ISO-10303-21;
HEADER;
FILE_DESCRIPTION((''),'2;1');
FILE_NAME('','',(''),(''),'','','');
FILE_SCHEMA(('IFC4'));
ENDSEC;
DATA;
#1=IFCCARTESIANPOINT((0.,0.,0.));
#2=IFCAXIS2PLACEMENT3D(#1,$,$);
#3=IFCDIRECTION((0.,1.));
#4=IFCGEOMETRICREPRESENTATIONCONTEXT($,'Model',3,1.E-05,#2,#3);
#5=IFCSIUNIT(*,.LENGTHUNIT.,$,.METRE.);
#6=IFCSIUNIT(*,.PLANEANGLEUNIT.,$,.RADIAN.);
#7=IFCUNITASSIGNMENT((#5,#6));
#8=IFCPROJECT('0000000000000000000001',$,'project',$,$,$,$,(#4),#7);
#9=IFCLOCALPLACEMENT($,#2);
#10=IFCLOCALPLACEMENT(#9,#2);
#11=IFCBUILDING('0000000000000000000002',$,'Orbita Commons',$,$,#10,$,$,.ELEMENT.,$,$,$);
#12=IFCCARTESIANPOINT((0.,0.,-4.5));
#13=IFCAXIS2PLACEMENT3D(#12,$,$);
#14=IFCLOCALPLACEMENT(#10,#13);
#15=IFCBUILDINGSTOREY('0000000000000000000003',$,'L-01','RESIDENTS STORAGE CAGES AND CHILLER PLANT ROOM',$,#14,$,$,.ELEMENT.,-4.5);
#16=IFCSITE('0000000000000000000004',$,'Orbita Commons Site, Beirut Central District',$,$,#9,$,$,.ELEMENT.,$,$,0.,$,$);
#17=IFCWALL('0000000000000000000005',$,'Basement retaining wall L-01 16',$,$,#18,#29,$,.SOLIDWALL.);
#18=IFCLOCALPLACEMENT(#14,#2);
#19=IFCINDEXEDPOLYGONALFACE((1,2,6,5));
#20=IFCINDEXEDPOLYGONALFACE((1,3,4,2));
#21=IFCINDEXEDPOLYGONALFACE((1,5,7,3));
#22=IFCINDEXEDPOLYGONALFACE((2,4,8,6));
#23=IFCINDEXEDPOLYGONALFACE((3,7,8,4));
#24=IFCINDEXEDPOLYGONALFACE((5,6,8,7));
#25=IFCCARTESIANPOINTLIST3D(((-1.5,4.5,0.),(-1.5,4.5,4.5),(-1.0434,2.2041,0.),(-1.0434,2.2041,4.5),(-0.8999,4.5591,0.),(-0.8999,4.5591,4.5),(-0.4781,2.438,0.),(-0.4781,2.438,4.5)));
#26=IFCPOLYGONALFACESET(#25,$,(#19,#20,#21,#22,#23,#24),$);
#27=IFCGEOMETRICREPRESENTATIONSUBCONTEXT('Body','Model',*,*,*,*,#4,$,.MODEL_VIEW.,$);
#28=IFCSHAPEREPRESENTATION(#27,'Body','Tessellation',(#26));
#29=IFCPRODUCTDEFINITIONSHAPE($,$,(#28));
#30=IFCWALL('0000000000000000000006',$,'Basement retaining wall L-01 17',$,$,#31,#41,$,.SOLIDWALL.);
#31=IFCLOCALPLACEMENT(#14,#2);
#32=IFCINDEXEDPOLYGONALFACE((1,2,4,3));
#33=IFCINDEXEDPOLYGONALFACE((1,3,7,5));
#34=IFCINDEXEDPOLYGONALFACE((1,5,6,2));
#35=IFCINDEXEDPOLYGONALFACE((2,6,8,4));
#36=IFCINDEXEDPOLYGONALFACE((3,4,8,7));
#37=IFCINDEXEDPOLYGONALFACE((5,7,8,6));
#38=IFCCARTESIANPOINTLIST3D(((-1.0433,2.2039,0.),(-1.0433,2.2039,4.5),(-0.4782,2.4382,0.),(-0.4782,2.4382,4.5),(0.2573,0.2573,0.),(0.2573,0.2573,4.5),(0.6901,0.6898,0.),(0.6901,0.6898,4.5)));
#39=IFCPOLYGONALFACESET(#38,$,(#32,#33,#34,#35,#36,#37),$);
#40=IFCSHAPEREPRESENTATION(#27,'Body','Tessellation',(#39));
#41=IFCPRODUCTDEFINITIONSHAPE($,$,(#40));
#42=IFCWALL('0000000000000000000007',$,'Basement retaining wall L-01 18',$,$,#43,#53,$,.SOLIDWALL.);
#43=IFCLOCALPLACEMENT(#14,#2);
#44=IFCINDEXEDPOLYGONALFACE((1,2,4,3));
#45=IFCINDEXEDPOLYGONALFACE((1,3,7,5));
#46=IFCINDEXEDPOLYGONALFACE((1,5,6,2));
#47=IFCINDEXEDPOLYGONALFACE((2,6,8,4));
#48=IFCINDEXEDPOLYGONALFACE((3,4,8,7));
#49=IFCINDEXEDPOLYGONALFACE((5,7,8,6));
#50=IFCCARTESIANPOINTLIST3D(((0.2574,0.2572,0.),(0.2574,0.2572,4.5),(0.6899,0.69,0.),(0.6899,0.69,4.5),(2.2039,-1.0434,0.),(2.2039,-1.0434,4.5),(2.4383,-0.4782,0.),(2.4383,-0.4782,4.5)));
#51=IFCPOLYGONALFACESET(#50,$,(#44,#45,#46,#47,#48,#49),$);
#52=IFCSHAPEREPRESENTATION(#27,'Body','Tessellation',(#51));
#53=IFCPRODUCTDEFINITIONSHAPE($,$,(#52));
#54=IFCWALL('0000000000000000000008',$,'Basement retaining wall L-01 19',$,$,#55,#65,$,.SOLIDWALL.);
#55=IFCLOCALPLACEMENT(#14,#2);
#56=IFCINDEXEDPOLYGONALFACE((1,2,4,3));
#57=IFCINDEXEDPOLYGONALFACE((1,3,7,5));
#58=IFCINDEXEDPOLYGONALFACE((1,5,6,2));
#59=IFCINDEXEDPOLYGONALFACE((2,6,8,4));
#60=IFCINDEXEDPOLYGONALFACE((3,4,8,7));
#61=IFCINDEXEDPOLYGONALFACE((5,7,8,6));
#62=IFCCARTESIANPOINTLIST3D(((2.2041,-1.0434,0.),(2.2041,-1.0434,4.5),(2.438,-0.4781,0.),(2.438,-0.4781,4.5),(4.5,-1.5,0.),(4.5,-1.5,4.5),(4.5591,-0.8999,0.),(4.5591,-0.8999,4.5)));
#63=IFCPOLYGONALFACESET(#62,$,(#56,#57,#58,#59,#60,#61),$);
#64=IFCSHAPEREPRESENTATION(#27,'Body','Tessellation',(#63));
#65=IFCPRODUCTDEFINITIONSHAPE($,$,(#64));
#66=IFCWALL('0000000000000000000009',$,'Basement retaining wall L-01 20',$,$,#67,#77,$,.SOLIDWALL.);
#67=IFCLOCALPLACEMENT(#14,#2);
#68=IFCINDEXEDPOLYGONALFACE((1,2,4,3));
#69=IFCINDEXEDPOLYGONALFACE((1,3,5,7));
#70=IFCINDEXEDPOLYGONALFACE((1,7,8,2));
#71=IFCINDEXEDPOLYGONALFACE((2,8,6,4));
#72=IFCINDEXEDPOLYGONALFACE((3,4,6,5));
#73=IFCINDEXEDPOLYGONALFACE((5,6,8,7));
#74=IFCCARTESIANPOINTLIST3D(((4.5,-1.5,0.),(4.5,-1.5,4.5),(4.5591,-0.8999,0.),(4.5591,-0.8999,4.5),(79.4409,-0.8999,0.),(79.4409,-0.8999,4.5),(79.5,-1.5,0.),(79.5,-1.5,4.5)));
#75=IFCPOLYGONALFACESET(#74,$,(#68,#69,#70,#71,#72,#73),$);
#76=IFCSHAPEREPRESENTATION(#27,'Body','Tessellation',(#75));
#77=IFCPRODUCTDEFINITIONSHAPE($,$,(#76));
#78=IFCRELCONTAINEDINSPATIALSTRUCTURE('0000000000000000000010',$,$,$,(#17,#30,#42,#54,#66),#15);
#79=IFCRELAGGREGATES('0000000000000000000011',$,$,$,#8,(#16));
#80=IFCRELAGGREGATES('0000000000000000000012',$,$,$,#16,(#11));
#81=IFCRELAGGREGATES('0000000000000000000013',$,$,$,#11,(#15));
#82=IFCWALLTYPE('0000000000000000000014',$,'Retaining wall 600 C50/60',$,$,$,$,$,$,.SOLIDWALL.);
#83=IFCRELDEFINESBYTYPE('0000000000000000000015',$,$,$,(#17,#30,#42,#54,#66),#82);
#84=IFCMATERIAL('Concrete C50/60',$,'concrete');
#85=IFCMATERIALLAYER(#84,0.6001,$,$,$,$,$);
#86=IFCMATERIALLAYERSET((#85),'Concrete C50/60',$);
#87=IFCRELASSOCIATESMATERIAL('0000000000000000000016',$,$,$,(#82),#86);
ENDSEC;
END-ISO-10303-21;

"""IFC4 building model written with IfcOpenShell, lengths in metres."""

from ifc_helpers import new_model, si_unit, direction, frame, origin, place, context, subcontext, project, spatial, polyline, outline, extrude, material, layer, layer_set, type_object, element, save


model = new_model("IFC4")

# Units and contexts
model_context = context("Model", 3, precision=1e-05, world=origin(), true_north=direction((0.0, 1.0)))
body_context = subcontext(model_context, "Body", "Model", "MODEL_VIEW")
ifc_project = project(units=[si_unit("LENGTHUNIT", "METRE"), si_unit("PLANEANGLEUNIT", "RADIAN")], contexts=[model_context])

# Site, building, storey
site_placement = place(None, origin())
site = spatial("IfcSite", under=ifc_project, at=site_placement, Name="Orbita Commons Site, Beirut Central District", CompositionType="ELEMENT", RefElevation=0.0)
building_placement = place(site_placement, origin())
building = spatial("IfcBuilding", under=site, at=building_placement, Name="Orbita Commons", CompositionType="ELEMENT")
storey_placement = place(building_placement, frame((0.0, 0.0, -4.5)))
storey = spatial("IfcBuildingStorey", under=building, at=storey_placement, Name="L-01", Description="RESIDENTS STORAGE CAGES AND CHILLER PLANT ROOM", CompositionType="ELEMENT", Elevation=-4.5)

# Walls
ifc_material_1 = material(Name="Concrete C50/60", Category="concrete")
ifc_layer_1 = layer(ifc_material_1, 0.6001)
ifc_layer_set_1 = layer_set([ifc_layer_1], Name="Concrete C50/60")
wall_type_1 = type_object("IfcWallType", Name="Retaining wall 600 C50/60", PredefinedType="SOLIDWALL", material=ifc_layer_set_1)
wall_1_placement = place(storey_placement, frame((-1.2, 4.5295, 0.0), z_axis=(0.0, 0.0, 1.0), x_axis=(0.195053, -0.980793, 0.0)))
element("IfcWall", 1, at=wall_1_placement, inside=storey, type_object=wall_type_1, Name="Basement retaining wall L-01 16", PredefinedType="SOLIDWALL", context=body_context, shape_type="SweptSolid", body=[
    extrude(outline(polyline([(-0.0295, -0.3), (2.3113, -0.3), (2.1921, 0.3), (0.0295, 0.3), (-0.0295, -0.3)])), origin(), (0.0, 0.0, 1.0), 4.5),
])
for number, where, z_axis, x_axis, name in (
    (2, (-0.7607, 2.321, 0.0), (0.0, 0.0, 1.0), (0.555562, -0.831475, 0.0), "Basement retaining wall L-01 17"),
    (3, (0.4736, 0.4736, 0.0), (0.0, 0.0, 1.0), (0.831475, -0.555562, 0.0), "Basement retaining wall L-01 18"),
):
    element("IfcWall", number, at=place(storey_placement, frame(where, z_axis=z_axis, x_axis=x_axis)), inside=storey, type_object=wall_type_1, Name=name, PredefinedType="SOLIDWALL", context=body_context, shape_type="SweptSolid", body=[
        extrude(outline(polyline([(-0.0596, -0.3), (2.2815, -0.3), (2.1624, 0.3), (0.0596, 0.3), (-0.0596, -0.3)])), origin(), (0.0, 0.0, 1.0), 4.5),
    ])
wall_2_placement = place(storey_placement, frame((2.321, -0.7607, 0.0), z_axis=(0.0, 0.0, 1.0), x_axis=(0.980793, -0.195053, 0.0)))
element("IfcWall", 4, at=wall_2_placement, inside=storey, type_object=wall_type_1, Name="Basement retaining wall L-01 19", PredefinedType="SOLIDWALL", context=body_context, shape_type="SweptSolid", body=[
    extrude(outline(polyline([(-0.0596, -0.3), (2.2812, -0.3), (2.2222, 0.3), (0.0596, 0.3), (-0.0596, -0.3)])), origin(), (0.0, 0.0, 1.0), 4.5),
])
wall_3_placement = place(storey_placement, frame((4.5295, -1.2, 0.0), z_axis=(0.0, 0.0, 1.0), x_axis=(1.0, 0.0, 0.0)))
element("IfcWall", 5, at=wall_3_placement, inside=storey, type_object=wall_type_1, Name="Basement retaining wall L-01 20", PredefinedType="SOLIDWALL", context=body_context, shape_type="SweptSolid", body=[
    extrude(outline(polyline([(-0.0295, -0.3), (74.9705, -0.3), (74.9114, 0.3), (0.0295, 0.3), (-0.0295, -0.3)])), origin(), (0.0, 0.0, 1.0), 4.5),
])

save(model, "model.ifc")
